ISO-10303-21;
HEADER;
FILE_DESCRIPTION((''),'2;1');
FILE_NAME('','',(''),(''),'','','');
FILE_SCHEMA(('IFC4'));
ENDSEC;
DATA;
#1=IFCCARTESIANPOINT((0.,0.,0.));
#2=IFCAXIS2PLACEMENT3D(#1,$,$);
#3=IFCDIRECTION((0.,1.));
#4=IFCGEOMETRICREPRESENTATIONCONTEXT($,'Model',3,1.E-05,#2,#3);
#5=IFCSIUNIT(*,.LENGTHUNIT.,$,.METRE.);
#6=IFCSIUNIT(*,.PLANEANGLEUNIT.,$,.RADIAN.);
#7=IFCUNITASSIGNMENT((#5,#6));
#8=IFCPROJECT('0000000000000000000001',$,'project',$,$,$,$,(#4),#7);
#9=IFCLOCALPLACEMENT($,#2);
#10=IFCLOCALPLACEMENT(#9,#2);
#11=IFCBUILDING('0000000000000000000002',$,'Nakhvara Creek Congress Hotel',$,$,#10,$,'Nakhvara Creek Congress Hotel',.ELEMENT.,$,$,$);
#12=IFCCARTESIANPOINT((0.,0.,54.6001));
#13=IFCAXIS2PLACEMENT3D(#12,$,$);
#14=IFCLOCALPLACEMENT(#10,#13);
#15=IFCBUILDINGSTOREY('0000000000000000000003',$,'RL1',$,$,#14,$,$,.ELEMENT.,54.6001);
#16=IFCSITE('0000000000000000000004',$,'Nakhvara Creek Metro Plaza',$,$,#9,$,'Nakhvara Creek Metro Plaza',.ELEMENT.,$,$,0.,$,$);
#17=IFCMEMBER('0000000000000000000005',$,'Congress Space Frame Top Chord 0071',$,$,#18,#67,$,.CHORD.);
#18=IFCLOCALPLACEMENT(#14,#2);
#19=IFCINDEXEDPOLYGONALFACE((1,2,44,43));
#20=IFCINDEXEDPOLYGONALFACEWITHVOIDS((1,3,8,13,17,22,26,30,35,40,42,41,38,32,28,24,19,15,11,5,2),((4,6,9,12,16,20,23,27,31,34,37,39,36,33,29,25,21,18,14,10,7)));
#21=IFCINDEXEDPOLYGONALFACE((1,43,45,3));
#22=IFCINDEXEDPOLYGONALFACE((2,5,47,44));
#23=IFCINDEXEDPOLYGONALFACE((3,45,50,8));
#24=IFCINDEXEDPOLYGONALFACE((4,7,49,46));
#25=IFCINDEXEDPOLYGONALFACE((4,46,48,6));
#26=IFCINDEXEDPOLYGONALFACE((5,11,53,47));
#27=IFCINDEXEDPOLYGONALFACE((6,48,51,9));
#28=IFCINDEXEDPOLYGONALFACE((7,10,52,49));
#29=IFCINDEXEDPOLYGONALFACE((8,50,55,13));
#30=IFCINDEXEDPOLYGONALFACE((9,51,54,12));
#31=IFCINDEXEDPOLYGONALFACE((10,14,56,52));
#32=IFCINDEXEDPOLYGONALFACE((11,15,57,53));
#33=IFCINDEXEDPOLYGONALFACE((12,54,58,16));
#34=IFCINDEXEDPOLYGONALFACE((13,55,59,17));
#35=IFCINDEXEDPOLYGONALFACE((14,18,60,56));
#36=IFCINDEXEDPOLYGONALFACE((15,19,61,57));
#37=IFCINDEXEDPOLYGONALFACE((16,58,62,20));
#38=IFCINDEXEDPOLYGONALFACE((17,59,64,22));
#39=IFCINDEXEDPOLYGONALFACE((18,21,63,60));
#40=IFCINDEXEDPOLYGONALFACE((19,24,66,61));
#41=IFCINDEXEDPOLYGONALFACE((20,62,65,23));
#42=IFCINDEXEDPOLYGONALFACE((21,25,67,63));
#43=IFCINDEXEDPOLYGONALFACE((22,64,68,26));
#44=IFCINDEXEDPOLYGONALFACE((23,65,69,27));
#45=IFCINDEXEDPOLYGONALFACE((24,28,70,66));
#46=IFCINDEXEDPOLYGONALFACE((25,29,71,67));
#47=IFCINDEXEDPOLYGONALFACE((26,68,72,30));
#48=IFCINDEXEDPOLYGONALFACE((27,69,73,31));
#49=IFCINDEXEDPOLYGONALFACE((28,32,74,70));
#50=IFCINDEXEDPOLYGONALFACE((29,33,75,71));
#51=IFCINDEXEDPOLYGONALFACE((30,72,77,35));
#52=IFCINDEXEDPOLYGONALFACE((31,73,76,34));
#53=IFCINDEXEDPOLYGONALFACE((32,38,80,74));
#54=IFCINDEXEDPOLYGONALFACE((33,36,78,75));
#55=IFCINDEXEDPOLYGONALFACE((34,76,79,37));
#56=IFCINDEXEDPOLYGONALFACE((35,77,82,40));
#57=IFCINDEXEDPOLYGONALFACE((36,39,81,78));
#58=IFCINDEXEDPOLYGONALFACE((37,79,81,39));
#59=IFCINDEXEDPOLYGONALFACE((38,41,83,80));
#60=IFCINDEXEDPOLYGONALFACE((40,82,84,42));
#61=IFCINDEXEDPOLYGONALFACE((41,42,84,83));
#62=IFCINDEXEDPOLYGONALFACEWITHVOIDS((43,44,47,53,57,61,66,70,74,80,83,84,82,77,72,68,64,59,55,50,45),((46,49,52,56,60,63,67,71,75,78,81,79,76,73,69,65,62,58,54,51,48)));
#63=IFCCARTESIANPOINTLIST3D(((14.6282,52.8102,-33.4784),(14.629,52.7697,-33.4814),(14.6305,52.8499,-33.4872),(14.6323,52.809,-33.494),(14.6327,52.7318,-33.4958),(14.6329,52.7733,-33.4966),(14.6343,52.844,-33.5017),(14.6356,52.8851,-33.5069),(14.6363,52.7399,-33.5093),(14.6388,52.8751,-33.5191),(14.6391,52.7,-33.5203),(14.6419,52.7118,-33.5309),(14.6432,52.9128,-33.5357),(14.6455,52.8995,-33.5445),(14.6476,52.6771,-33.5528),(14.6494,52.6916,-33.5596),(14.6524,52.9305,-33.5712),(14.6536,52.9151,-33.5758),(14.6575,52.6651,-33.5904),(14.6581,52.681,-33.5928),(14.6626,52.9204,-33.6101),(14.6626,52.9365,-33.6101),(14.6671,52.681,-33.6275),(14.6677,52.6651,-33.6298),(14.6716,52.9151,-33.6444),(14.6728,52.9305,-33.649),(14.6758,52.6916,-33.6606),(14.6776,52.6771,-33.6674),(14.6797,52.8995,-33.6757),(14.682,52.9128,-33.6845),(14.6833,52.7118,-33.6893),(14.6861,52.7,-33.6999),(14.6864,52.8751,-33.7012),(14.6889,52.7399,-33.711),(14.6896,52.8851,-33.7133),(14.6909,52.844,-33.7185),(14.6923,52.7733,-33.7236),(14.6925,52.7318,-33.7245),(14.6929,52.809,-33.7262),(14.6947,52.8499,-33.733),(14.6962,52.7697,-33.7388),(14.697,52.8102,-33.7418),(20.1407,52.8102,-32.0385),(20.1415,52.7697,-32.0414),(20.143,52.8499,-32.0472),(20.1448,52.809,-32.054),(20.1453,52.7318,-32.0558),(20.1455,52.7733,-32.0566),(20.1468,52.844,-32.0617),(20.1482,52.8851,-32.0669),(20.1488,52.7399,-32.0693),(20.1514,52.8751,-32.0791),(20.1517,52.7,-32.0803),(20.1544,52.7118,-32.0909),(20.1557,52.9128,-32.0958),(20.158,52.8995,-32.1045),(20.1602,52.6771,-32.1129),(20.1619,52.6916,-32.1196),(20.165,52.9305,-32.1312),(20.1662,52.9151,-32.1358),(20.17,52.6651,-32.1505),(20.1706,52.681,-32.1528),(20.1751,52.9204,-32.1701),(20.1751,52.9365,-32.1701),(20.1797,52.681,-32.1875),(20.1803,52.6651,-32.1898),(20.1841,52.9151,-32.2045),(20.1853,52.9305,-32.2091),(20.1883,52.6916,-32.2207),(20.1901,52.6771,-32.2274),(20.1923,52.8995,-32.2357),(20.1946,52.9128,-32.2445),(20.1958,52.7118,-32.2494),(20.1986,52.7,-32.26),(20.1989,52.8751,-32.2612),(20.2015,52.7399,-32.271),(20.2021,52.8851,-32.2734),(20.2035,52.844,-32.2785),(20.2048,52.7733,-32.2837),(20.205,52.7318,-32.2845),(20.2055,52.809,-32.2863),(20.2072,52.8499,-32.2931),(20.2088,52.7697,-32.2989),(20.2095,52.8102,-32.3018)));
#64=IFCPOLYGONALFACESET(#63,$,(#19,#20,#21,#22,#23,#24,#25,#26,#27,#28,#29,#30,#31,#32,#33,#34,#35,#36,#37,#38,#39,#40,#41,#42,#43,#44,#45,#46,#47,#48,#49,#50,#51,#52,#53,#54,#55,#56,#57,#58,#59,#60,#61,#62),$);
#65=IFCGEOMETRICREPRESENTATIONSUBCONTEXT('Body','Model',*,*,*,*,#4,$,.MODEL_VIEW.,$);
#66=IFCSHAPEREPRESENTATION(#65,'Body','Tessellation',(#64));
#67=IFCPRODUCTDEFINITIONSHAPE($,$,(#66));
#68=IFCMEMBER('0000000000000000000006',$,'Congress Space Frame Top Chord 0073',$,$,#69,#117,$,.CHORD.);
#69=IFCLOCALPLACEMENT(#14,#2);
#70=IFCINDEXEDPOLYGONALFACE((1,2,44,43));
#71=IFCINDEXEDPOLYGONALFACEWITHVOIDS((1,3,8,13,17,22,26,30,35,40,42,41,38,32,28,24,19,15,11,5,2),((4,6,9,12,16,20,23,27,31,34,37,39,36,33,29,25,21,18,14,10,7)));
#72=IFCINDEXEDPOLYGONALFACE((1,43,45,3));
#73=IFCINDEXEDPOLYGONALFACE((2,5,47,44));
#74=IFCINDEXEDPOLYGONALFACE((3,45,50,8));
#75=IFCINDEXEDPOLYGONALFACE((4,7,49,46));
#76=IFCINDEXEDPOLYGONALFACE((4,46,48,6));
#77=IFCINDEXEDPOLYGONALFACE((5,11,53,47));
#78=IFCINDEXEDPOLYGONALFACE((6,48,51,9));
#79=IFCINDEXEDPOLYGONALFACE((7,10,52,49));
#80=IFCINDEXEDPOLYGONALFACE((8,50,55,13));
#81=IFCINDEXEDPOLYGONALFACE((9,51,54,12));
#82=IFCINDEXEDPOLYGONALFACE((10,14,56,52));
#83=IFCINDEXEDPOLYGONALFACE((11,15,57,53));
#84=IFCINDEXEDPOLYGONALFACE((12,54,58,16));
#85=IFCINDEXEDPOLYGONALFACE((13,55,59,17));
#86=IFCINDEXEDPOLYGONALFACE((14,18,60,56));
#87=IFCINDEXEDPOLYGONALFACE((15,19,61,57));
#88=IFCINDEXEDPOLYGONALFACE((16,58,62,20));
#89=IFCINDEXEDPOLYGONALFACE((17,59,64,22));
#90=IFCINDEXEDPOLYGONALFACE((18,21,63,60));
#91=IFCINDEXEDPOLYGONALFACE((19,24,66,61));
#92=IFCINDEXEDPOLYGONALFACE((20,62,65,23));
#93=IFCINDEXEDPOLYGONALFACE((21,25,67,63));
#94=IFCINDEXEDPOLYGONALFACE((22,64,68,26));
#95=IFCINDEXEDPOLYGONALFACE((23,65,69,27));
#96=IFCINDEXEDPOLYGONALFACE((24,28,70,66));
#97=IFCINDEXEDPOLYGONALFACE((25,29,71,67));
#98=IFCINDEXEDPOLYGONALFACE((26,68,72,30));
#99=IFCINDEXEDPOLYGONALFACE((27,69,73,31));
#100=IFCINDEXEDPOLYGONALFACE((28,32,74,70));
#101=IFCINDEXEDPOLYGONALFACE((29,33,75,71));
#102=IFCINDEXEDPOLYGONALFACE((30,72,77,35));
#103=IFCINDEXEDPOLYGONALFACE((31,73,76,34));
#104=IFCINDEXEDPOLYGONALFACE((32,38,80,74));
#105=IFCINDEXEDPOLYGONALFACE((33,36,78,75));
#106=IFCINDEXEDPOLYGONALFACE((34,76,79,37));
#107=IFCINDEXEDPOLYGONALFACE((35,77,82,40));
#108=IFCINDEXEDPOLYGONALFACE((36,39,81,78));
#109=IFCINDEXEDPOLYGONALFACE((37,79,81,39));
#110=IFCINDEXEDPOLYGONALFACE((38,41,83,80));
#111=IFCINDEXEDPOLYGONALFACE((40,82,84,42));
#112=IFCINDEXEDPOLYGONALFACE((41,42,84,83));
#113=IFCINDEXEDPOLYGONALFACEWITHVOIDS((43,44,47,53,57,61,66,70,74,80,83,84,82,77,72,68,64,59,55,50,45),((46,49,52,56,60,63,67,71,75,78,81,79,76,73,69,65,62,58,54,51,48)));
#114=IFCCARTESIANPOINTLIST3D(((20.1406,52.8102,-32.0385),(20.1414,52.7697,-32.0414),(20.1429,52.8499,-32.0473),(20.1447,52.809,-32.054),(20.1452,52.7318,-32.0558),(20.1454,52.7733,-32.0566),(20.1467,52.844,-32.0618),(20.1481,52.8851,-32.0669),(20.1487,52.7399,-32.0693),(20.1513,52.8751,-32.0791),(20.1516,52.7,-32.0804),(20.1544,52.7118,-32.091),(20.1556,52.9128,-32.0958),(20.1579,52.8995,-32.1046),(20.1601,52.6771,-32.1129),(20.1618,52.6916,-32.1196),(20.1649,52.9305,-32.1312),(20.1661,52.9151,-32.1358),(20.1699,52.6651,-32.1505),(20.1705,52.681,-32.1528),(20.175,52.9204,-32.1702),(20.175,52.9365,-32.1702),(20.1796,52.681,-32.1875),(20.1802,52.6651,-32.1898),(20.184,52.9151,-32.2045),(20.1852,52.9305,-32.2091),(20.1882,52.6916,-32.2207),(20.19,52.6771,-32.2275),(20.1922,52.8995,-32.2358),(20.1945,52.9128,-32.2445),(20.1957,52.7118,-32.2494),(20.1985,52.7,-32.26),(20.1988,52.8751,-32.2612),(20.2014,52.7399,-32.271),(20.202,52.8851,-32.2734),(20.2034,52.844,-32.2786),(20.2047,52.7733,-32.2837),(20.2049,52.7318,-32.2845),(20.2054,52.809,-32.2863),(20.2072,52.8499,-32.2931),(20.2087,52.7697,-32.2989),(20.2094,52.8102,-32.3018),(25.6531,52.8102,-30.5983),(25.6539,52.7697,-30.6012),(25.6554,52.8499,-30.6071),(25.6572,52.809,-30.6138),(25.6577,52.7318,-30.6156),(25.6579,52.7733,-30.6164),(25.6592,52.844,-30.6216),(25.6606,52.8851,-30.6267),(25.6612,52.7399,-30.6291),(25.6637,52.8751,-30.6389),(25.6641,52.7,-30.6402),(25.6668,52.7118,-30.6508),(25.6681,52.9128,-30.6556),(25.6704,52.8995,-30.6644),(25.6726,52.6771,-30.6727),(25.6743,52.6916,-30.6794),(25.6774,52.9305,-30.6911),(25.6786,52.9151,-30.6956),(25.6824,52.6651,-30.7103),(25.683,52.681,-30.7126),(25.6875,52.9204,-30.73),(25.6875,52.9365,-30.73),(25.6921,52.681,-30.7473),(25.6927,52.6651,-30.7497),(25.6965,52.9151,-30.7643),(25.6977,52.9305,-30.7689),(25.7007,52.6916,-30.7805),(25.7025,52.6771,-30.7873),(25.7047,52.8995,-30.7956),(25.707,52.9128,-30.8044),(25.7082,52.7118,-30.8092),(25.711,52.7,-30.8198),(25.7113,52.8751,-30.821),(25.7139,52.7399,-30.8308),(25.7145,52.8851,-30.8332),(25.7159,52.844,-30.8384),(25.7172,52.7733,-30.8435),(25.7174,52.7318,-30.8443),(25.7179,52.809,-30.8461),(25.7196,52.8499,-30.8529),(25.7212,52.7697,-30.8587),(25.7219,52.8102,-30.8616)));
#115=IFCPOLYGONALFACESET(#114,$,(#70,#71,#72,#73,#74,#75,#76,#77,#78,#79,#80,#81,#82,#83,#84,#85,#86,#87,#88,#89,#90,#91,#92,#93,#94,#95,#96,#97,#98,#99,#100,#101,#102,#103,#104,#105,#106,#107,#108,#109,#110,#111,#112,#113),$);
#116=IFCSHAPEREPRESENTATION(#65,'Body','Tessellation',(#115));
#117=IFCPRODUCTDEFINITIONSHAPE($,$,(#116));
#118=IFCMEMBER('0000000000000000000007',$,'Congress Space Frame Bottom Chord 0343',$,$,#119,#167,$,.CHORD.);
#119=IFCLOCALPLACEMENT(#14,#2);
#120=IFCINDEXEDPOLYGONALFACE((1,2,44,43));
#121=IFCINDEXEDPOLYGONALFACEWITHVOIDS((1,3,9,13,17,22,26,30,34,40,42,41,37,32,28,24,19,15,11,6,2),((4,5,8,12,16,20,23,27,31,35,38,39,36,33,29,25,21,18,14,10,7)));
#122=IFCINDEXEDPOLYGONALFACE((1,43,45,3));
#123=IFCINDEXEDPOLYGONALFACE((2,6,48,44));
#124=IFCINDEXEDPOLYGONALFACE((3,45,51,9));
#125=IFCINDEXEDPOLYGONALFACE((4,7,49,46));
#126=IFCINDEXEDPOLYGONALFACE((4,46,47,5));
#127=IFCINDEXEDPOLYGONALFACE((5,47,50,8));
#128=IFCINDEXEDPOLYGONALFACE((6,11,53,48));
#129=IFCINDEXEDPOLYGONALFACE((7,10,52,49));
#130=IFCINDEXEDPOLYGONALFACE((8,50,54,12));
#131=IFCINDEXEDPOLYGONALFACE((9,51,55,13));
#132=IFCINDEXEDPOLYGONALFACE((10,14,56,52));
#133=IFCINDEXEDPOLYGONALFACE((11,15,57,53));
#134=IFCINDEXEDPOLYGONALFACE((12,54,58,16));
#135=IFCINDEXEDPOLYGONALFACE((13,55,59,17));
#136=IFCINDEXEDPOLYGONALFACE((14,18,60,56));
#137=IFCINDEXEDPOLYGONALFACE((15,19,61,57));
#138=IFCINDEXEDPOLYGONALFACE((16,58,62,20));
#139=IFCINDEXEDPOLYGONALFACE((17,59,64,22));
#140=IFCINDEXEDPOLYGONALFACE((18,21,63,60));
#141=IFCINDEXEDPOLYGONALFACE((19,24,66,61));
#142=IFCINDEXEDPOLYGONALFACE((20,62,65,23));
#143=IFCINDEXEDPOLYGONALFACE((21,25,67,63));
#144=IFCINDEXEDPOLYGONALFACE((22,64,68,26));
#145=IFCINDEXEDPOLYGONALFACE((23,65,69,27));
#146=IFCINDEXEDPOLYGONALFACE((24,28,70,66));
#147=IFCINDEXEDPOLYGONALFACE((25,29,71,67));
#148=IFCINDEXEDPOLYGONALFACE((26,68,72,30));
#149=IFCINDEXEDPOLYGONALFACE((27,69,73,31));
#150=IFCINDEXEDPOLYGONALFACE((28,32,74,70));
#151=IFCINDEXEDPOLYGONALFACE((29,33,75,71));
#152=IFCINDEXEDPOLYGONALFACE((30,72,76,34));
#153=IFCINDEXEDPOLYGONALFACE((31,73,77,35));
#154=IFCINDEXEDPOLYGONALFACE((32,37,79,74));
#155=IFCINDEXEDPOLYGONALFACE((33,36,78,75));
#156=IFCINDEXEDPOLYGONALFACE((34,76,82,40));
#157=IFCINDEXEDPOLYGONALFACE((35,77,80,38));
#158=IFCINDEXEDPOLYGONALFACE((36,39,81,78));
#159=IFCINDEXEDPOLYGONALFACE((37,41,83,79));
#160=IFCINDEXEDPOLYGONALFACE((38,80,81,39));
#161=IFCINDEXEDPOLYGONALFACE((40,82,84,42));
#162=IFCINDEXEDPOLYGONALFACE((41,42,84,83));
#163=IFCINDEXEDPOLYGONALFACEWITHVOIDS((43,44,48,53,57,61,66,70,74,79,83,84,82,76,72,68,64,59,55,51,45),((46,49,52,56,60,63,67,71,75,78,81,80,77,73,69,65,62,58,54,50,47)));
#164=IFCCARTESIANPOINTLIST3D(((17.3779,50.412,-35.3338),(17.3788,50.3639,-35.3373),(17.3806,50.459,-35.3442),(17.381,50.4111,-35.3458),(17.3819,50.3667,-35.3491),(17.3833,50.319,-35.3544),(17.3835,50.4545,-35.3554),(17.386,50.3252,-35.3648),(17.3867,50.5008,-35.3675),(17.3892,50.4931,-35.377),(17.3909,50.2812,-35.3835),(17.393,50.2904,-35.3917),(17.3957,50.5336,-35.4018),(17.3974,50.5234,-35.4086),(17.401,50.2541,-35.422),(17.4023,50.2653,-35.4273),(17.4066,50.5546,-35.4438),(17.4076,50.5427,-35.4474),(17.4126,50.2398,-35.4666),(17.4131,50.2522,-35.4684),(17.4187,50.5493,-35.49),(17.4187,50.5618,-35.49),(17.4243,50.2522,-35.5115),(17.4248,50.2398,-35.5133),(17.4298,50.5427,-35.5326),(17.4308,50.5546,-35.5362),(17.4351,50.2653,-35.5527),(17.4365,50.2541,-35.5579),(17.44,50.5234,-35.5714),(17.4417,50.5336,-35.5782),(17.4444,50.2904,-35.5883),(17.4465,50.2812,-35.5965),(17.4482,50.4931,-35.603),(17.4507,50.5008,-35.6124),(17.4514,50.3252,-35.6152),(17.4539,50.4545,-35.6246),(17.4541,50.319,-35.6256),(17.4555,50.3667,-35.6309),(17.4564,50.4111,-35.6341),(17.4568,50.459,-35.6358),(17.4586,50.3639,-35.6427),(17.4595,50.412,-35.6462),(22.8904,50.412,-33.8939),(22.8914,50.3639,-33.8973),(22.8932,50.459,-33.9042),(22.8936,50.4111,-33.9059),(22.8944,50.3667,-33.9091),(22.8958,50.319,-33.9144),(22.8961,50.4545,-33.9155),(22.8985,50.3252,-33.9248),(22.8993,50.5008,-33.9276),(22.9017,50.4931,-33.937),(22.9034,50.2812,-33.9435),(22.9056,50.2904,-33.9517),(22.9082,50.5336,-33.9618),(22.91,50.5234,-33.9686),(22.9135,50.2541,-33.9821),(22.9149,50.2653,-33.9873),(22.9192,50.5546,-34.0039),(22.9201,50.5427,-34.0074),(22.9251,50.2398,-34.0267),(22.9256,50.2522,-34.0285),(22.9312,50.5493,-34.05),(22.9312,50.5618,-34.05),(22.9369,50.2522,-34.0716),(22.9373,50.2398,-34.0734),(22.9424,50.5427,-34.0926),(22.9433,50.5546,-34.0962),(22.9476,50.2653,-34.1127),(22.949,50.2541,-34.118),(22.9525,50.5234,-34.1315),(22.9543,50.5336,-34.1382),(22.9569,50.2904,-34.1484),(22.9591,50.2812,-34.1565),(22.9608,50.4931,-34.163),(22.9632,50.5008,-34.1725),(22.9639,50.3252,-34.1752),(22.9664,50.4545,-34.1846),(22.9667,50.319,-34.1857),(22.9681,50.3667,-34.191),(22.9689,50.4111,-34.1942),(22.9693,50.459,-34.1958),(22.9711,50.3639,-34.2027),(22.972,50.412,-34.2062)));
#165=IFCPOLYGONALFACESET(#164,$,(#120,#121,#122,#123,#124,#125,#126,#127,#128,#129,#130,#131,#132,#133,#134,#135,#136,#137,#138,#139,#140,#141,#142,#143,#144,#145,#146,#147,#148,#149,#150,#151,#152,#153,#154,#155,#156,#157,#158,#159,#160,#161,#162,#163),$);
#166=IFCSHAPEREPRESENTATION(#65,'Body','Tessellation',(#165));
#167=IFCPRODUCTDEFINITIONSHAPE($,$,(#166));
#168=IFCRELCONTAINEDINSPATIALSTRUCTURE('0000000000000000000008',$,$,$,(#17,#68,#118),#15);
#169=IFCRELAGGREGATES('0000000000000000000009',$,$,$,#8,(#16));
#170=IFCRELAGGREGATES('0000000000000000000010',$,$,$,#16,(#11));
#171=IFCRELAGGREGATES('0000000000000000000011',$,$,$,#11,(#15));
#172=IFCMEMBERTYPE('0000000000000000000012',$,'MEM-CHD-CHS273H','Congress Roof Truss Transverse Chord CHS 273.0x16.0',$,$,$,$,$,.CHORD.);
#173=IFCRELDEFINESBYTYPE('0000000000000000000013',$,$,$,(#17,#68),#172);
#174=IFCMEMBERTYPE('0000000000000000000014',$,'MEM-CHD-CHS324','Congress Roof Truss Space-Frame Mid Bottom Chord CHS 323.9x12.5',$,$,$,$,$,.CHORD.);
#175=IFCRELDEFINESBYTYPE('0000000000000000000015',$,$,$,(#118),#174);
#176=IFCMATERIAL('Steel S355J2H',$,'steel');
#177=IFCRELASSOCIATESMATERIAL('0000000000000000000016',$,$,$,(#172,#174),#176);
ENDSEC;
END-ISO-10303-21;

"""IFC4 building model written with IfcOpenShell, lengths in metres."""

from ifc_helpers import new_model, si_unit, direction, frame, origin, origin_2d, place, context, subcontext, project, spatial, hollow_circle, extrude, material, material_profile, profile_set, type_object, element, save


model = new_model("IFC4")

# Units and contexts
model_context = context("Model", 3, precision=1e-05, world=origin(), true_north=direction((0.0, 1.0)))
body_context = subcontext(model_context, "Body", "Model", "MODEL_VIEW")
ifc_project = project(units=[si_unit("LENGTHUNIT", "METRE"), si_unit("PLANEANGLEUNIT", "RADIAN")], contexts=[model_context])

# Site, building, storey
site_placement = place(None, origin())
site = spatial("IfcSite", under=ifc_project, at=site_placement, Name="Nakhvara Creek Metro Plaza", LongName="Nakhvara Creek Metro Plaza", CompositionType="ELEMENT", RefElevation=0.0)
building_placement = place(site_placement, origin())
building = spatial("IfcBuilding", under=site, at=building_placement, Name="Nakhvara Creek Congress Hotel", LongName="Nakhvara Creek Congress Hotel", CompositionType="ELEMENT")
storey_placement = place(building_placement, frame((0.0, 0.0, 54.6001)))
storey = spatial("IfcBuildingStorey", under=building, at=storey_placement, Name="RL1", CompositionType="ELEMENT", Elevation=54.6001)

# Members
ifc_material_1 = material(Name="Steel S355J2H", Category="steel")
ifc_material_profile_1 = material_profile(ifc_material_1, hollow_circle(Radius=0.1365, WallThickness=0.0161, at=origin_2d()), Name="CHS 273.0x16.0", Category="LoadBearing")
ifc_profile_set_1 = profile_set([ifc_material_profile_1], Name="Steel S355J2H")
member_type_1 = type_object("IfcMemberType", Name="MEM-CHD-CHS273H", Description="Congress Roof Truss Transverse Chord CHS 273.0x16.0", PredefinedType="CHORD", material=ifc_profile_set_1)
for number, where, z_axis, x_axis, name in (
    (1, (14.6626, 52.8, -33.6101), (0.967535, 0.0, 0.252736), (0.0, 1.0, 0.0), "Congress Space Frame Top Chord 0071"),
    (2, (20.175, 52.8, -32.1702), (0.967525, 0.0, 0.252776), (0.0, 1.0, 0.0), "Congress Space Frame Top Chord 0073"),
):
    element("IfcMember", number, at=place(storey_placement, frame(where, z_axis=z_axis, x_axis=x_axis)), inside=storey, type_object=member_type_1, Name=name, PredefinedType="CHORD", context=body_context, shape_type="SweptSolid", body=[
        extrude(hollow_circle(Radius=0.1365, WallThickness=0.0161, at=origin_2d()), origin(), (0.0, 0.0, 1.0), 5.6975),
    ])
ifc_material_profile_2 = material_profile(ifc_material_1, hollow_circle(Radius=0.1619, WallThickness=0.0125, at=origin_2d()), Name="CHS 323.9x12.5", Category="LoadBearing")
ifc_profile_set_2 = profile_set([ifc_material_profile_2], Name="Steel S355J2H")
member_type_2 = type_object("IfcMemberType", Name="MEM-CHD-CHS324", Description="Congress Roof Truss Space-Frame Mid Bottom Chord CHS 323.9x12.5", PredefinedType="CHORD", material=ifc_profile_set_2)
member_1_placement = place(storey_placement, frame((17.4187, 50.3999, -35.49), z_axis=(0.967535, 0.0, 0.252736), x_axis=(0.0, 1.0, 0.0)))
element("IfcMember", 3, at=member_1_placement, inside=storey, type_object=member_type_2, Name="Congress Space Frame Bottom Chord 0343", PredefinedType="CHORD", context=body_context, shape_type="SweptSolid", body=[
    extrude(hollow_circle(Radius=0.1619, WallThickness=0.0125, at=origin_2d()), origin(), (0.0, 0.0, 1.0), 5.6975),
])

save(model, "model.ifc")
